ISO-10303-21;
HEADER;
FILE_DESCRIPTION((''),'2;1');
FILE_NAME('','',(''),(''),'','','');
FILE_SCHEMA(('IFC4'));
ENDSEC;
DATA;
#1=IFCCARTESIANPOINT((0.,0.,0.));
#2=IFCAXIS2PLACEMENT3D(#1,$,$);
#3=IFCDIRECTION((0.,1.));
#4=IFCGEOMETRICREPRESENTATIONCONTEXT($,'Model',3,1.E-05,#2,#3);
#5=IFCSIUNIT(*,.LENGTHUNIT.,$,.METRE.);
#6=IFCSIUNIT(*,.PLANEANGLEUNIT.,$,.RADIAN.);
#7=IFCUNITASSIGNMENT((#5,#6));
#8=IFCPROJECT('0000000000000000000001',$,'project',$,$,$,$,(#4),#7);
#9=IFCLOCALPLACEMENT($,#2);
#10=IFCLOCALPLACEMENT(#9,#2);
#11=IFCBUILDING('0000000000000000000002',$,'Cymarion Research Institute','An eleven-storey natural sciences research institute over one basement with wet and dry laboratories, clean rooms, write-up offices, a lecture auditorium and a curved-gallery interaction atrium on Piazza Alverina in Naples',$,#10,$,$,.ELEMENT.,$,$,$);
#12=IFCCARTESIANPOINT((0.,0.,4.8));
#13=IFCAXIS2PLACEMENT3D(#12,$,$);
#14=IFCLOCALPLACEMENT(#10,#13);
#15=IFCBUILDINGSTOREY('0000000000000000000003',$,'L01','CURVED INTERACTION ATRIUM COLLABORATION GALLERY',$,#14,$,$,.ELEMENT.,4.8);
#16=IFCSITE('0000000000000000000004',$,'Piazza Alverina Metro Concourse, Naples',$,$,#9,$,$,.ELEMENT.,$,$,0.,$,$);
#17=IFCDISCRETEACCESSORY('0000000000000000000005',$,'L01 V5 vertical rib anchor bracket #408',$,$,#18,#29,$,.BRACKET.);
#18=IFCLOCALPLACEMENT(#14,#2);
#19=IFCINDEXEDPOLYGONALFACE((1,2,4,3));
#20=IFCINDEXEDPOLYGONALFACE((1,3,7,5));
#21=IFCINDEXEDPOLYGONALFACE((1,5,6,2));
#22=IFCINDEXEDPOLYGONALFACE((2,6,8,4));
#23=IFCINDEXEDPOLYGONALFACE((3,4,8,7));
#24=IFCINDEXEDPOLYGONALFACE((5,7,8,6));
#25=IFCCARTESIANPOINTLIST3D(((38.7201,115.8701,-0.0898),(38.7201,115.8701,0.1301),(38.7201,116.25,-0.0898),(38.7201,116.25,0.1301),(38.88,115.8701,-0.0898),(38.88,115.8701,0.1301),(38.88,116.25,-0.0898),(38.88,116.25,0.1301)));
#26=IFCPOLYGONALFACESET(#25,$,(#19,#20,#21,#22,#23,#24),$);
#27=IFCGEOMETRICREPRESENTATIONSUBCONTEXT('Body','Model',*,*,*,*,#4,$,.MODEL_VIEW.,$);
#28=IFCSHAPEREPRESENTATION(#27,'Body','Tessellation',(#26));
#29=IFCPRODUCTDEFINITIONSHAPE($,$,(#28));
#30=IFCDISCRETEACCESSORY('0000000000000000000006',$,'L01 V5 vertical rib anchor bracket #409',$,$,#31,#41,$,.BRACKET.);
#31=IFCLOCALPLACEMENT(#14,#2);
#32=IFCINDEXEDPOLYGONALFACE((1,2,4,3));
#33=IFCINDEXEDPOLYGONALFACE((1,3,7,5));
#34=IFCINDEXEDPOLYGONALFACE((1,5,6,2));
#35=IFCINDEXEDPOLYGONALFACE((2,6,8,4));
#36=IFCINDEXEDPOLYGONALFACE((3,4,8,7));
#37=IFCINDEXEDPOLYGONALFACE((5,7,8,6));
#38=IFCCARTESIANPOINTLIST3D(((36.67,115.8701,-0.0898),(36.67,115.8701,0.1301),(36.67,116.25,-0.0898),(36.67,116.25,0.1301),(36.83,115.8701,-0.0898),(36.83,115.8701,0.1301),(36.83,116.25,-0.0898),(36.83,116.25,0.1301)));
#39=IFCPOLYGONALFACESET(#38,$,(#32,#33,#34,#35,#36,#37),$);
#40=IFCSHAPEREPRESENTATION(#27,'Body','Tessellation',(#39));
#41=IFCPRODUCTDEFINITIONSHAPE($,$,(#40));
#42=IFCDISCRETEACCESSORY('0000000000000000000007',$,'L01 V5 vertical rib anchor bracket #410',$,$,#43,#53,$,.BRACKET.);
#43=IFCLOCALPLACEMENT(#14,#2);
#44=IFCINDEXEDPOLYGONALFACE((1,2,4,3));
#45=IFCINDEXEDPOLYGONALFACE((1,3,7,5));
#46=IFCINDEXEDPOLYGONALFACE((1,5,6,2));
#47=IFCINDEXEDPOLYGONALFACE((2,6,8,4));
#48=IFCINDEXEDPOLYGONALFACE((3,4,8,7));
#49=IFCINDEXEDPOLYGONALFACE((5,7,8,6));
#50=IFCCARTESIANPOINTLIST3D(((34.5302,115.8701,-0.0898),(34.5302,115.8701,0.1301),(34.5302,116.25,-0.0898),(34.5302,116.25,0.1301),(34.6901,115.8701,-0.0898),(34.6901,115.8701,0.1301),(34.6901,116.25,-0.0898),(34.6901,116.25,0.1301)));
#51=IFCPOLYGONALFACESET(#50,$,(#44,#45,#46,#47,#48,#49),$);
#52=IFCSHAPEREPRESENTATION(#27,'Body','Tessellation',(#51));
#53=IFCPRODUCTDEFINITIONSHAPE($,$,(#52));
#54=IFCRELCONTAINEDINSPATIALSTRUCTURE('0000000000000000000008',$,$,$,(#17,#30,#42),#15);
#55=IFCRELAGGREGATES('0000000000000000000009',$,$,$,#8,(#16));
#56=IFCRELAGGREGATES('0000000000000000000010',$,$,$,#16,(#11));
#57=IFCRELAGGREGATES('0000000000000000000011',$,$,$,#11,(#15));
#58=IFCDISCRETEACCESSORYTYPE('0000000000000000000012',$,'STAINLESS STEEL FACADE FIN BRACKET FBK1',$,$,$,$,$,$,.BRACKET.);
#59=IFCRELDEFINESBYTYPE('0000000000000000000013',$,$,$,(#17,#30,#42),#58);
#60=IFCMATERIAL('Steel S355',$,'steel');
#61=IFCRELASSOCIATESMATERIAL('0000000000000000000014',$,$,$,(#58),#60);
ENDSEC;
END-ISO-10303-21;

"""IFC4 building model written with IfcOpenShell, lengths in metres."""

from ifc_helpers import new_model, si_unit, direction, frame, origin, origin_2d, place, context, subcontext, project, spatial, rectangle, extrude, material, type_object, element, save


model = new_model("IFC4")

# Units and contexts
model_context = context("Model", 3, precision=1e-05, world=origin(), true_north=direction((0.0, 1.0)))
body_context = subcontext(model_context, "Body", "Model", "MODEL_VIEW")
ifc_project = project(units=[si_unit("LENGTHUNIT", "METRE"), si_unit("PLANEANGLEUNIT", "RADIAN")], contexts=[model_context])

# Site, building, storey
site_placement = place(None, origin())
site = spatial("IfcSite", under=ifc_project, at=site_placement, Name="Piazza Alverina Metro Concourse, Naples", CompositionType="ELEMENT", RefElevation=0.0)
building_placement = place(site_placement, origin())
building = spatial("IfcBuilding", under=site, at=building_placement, Name="Cymarion Research Institute", Description="An eleven-storey natural sciences research institute over one basement with wet and dry laboratories, clean rooms, write-up offices, a lecture auditorium and a curved-gallery interaction atrium on Piazza Alverina in Naples", CompositionType="ELEMENT")
storey_placement = place(building_placement, frame((0.0, 0.0, 4.8)))
storey = spatial("IfcBuildingStorey", under=building, at=storey_placement, Name="L01", Description="CURVED INTERACTION ATRIUM COLLABORATION GALLERY", CompositionType="ELEMENT", Elevation=4.8)

# Shared definitions
ifc_material_1 = material(Name="Steel S355", Category="steel")

# Discrete accessories
discrete_accessory_type = type_object("IfcDiscreteAccessoryType", Name="STAINLESS STEEL FACADE FIN BRACKET FBK1", PredefinedType="BRACKET", material=ifc_material_1)
for number, where, z_axis, x_axis, name in (
    (1, (38.8, 116.0601, -0.0898), (0.0, 0.0, 1.0), (0.0, 1.0, 0.0), "L01 V5 vertical rib anchor bracket #408"),
    (2, (36.75, 116.0601, -0.0898), (0.0, 0.0, 1.0), (0.0, 1.0, 0.0), "L01 V5 vertical rib anchor bracket #409"),
    (3, (34.6101, 116.0601, -0.0898), (0.0, 0.0, 1.0), (0.0, 1.0, 0.0), "L01 V5 vertical rib anchor bracket #410"),
):
    element("IfcDiscreteAccessory", number, at=place(storey_placement, frame(where, z_axis=z_axis, x_axis=x_axis)), inside=storey, type_object=discrete_accessory_type, Name=name, PredefinedType="BRACKET", context=body_context, shape_type="SweptSolid", body=[
        extrude(rectangle(XDim=0.3799, YDim=0.1599, at=origin_2d()), origin(), (0.0, 0.0, 1.0), 0.22),
    ])

save(model, "model.ifc")
